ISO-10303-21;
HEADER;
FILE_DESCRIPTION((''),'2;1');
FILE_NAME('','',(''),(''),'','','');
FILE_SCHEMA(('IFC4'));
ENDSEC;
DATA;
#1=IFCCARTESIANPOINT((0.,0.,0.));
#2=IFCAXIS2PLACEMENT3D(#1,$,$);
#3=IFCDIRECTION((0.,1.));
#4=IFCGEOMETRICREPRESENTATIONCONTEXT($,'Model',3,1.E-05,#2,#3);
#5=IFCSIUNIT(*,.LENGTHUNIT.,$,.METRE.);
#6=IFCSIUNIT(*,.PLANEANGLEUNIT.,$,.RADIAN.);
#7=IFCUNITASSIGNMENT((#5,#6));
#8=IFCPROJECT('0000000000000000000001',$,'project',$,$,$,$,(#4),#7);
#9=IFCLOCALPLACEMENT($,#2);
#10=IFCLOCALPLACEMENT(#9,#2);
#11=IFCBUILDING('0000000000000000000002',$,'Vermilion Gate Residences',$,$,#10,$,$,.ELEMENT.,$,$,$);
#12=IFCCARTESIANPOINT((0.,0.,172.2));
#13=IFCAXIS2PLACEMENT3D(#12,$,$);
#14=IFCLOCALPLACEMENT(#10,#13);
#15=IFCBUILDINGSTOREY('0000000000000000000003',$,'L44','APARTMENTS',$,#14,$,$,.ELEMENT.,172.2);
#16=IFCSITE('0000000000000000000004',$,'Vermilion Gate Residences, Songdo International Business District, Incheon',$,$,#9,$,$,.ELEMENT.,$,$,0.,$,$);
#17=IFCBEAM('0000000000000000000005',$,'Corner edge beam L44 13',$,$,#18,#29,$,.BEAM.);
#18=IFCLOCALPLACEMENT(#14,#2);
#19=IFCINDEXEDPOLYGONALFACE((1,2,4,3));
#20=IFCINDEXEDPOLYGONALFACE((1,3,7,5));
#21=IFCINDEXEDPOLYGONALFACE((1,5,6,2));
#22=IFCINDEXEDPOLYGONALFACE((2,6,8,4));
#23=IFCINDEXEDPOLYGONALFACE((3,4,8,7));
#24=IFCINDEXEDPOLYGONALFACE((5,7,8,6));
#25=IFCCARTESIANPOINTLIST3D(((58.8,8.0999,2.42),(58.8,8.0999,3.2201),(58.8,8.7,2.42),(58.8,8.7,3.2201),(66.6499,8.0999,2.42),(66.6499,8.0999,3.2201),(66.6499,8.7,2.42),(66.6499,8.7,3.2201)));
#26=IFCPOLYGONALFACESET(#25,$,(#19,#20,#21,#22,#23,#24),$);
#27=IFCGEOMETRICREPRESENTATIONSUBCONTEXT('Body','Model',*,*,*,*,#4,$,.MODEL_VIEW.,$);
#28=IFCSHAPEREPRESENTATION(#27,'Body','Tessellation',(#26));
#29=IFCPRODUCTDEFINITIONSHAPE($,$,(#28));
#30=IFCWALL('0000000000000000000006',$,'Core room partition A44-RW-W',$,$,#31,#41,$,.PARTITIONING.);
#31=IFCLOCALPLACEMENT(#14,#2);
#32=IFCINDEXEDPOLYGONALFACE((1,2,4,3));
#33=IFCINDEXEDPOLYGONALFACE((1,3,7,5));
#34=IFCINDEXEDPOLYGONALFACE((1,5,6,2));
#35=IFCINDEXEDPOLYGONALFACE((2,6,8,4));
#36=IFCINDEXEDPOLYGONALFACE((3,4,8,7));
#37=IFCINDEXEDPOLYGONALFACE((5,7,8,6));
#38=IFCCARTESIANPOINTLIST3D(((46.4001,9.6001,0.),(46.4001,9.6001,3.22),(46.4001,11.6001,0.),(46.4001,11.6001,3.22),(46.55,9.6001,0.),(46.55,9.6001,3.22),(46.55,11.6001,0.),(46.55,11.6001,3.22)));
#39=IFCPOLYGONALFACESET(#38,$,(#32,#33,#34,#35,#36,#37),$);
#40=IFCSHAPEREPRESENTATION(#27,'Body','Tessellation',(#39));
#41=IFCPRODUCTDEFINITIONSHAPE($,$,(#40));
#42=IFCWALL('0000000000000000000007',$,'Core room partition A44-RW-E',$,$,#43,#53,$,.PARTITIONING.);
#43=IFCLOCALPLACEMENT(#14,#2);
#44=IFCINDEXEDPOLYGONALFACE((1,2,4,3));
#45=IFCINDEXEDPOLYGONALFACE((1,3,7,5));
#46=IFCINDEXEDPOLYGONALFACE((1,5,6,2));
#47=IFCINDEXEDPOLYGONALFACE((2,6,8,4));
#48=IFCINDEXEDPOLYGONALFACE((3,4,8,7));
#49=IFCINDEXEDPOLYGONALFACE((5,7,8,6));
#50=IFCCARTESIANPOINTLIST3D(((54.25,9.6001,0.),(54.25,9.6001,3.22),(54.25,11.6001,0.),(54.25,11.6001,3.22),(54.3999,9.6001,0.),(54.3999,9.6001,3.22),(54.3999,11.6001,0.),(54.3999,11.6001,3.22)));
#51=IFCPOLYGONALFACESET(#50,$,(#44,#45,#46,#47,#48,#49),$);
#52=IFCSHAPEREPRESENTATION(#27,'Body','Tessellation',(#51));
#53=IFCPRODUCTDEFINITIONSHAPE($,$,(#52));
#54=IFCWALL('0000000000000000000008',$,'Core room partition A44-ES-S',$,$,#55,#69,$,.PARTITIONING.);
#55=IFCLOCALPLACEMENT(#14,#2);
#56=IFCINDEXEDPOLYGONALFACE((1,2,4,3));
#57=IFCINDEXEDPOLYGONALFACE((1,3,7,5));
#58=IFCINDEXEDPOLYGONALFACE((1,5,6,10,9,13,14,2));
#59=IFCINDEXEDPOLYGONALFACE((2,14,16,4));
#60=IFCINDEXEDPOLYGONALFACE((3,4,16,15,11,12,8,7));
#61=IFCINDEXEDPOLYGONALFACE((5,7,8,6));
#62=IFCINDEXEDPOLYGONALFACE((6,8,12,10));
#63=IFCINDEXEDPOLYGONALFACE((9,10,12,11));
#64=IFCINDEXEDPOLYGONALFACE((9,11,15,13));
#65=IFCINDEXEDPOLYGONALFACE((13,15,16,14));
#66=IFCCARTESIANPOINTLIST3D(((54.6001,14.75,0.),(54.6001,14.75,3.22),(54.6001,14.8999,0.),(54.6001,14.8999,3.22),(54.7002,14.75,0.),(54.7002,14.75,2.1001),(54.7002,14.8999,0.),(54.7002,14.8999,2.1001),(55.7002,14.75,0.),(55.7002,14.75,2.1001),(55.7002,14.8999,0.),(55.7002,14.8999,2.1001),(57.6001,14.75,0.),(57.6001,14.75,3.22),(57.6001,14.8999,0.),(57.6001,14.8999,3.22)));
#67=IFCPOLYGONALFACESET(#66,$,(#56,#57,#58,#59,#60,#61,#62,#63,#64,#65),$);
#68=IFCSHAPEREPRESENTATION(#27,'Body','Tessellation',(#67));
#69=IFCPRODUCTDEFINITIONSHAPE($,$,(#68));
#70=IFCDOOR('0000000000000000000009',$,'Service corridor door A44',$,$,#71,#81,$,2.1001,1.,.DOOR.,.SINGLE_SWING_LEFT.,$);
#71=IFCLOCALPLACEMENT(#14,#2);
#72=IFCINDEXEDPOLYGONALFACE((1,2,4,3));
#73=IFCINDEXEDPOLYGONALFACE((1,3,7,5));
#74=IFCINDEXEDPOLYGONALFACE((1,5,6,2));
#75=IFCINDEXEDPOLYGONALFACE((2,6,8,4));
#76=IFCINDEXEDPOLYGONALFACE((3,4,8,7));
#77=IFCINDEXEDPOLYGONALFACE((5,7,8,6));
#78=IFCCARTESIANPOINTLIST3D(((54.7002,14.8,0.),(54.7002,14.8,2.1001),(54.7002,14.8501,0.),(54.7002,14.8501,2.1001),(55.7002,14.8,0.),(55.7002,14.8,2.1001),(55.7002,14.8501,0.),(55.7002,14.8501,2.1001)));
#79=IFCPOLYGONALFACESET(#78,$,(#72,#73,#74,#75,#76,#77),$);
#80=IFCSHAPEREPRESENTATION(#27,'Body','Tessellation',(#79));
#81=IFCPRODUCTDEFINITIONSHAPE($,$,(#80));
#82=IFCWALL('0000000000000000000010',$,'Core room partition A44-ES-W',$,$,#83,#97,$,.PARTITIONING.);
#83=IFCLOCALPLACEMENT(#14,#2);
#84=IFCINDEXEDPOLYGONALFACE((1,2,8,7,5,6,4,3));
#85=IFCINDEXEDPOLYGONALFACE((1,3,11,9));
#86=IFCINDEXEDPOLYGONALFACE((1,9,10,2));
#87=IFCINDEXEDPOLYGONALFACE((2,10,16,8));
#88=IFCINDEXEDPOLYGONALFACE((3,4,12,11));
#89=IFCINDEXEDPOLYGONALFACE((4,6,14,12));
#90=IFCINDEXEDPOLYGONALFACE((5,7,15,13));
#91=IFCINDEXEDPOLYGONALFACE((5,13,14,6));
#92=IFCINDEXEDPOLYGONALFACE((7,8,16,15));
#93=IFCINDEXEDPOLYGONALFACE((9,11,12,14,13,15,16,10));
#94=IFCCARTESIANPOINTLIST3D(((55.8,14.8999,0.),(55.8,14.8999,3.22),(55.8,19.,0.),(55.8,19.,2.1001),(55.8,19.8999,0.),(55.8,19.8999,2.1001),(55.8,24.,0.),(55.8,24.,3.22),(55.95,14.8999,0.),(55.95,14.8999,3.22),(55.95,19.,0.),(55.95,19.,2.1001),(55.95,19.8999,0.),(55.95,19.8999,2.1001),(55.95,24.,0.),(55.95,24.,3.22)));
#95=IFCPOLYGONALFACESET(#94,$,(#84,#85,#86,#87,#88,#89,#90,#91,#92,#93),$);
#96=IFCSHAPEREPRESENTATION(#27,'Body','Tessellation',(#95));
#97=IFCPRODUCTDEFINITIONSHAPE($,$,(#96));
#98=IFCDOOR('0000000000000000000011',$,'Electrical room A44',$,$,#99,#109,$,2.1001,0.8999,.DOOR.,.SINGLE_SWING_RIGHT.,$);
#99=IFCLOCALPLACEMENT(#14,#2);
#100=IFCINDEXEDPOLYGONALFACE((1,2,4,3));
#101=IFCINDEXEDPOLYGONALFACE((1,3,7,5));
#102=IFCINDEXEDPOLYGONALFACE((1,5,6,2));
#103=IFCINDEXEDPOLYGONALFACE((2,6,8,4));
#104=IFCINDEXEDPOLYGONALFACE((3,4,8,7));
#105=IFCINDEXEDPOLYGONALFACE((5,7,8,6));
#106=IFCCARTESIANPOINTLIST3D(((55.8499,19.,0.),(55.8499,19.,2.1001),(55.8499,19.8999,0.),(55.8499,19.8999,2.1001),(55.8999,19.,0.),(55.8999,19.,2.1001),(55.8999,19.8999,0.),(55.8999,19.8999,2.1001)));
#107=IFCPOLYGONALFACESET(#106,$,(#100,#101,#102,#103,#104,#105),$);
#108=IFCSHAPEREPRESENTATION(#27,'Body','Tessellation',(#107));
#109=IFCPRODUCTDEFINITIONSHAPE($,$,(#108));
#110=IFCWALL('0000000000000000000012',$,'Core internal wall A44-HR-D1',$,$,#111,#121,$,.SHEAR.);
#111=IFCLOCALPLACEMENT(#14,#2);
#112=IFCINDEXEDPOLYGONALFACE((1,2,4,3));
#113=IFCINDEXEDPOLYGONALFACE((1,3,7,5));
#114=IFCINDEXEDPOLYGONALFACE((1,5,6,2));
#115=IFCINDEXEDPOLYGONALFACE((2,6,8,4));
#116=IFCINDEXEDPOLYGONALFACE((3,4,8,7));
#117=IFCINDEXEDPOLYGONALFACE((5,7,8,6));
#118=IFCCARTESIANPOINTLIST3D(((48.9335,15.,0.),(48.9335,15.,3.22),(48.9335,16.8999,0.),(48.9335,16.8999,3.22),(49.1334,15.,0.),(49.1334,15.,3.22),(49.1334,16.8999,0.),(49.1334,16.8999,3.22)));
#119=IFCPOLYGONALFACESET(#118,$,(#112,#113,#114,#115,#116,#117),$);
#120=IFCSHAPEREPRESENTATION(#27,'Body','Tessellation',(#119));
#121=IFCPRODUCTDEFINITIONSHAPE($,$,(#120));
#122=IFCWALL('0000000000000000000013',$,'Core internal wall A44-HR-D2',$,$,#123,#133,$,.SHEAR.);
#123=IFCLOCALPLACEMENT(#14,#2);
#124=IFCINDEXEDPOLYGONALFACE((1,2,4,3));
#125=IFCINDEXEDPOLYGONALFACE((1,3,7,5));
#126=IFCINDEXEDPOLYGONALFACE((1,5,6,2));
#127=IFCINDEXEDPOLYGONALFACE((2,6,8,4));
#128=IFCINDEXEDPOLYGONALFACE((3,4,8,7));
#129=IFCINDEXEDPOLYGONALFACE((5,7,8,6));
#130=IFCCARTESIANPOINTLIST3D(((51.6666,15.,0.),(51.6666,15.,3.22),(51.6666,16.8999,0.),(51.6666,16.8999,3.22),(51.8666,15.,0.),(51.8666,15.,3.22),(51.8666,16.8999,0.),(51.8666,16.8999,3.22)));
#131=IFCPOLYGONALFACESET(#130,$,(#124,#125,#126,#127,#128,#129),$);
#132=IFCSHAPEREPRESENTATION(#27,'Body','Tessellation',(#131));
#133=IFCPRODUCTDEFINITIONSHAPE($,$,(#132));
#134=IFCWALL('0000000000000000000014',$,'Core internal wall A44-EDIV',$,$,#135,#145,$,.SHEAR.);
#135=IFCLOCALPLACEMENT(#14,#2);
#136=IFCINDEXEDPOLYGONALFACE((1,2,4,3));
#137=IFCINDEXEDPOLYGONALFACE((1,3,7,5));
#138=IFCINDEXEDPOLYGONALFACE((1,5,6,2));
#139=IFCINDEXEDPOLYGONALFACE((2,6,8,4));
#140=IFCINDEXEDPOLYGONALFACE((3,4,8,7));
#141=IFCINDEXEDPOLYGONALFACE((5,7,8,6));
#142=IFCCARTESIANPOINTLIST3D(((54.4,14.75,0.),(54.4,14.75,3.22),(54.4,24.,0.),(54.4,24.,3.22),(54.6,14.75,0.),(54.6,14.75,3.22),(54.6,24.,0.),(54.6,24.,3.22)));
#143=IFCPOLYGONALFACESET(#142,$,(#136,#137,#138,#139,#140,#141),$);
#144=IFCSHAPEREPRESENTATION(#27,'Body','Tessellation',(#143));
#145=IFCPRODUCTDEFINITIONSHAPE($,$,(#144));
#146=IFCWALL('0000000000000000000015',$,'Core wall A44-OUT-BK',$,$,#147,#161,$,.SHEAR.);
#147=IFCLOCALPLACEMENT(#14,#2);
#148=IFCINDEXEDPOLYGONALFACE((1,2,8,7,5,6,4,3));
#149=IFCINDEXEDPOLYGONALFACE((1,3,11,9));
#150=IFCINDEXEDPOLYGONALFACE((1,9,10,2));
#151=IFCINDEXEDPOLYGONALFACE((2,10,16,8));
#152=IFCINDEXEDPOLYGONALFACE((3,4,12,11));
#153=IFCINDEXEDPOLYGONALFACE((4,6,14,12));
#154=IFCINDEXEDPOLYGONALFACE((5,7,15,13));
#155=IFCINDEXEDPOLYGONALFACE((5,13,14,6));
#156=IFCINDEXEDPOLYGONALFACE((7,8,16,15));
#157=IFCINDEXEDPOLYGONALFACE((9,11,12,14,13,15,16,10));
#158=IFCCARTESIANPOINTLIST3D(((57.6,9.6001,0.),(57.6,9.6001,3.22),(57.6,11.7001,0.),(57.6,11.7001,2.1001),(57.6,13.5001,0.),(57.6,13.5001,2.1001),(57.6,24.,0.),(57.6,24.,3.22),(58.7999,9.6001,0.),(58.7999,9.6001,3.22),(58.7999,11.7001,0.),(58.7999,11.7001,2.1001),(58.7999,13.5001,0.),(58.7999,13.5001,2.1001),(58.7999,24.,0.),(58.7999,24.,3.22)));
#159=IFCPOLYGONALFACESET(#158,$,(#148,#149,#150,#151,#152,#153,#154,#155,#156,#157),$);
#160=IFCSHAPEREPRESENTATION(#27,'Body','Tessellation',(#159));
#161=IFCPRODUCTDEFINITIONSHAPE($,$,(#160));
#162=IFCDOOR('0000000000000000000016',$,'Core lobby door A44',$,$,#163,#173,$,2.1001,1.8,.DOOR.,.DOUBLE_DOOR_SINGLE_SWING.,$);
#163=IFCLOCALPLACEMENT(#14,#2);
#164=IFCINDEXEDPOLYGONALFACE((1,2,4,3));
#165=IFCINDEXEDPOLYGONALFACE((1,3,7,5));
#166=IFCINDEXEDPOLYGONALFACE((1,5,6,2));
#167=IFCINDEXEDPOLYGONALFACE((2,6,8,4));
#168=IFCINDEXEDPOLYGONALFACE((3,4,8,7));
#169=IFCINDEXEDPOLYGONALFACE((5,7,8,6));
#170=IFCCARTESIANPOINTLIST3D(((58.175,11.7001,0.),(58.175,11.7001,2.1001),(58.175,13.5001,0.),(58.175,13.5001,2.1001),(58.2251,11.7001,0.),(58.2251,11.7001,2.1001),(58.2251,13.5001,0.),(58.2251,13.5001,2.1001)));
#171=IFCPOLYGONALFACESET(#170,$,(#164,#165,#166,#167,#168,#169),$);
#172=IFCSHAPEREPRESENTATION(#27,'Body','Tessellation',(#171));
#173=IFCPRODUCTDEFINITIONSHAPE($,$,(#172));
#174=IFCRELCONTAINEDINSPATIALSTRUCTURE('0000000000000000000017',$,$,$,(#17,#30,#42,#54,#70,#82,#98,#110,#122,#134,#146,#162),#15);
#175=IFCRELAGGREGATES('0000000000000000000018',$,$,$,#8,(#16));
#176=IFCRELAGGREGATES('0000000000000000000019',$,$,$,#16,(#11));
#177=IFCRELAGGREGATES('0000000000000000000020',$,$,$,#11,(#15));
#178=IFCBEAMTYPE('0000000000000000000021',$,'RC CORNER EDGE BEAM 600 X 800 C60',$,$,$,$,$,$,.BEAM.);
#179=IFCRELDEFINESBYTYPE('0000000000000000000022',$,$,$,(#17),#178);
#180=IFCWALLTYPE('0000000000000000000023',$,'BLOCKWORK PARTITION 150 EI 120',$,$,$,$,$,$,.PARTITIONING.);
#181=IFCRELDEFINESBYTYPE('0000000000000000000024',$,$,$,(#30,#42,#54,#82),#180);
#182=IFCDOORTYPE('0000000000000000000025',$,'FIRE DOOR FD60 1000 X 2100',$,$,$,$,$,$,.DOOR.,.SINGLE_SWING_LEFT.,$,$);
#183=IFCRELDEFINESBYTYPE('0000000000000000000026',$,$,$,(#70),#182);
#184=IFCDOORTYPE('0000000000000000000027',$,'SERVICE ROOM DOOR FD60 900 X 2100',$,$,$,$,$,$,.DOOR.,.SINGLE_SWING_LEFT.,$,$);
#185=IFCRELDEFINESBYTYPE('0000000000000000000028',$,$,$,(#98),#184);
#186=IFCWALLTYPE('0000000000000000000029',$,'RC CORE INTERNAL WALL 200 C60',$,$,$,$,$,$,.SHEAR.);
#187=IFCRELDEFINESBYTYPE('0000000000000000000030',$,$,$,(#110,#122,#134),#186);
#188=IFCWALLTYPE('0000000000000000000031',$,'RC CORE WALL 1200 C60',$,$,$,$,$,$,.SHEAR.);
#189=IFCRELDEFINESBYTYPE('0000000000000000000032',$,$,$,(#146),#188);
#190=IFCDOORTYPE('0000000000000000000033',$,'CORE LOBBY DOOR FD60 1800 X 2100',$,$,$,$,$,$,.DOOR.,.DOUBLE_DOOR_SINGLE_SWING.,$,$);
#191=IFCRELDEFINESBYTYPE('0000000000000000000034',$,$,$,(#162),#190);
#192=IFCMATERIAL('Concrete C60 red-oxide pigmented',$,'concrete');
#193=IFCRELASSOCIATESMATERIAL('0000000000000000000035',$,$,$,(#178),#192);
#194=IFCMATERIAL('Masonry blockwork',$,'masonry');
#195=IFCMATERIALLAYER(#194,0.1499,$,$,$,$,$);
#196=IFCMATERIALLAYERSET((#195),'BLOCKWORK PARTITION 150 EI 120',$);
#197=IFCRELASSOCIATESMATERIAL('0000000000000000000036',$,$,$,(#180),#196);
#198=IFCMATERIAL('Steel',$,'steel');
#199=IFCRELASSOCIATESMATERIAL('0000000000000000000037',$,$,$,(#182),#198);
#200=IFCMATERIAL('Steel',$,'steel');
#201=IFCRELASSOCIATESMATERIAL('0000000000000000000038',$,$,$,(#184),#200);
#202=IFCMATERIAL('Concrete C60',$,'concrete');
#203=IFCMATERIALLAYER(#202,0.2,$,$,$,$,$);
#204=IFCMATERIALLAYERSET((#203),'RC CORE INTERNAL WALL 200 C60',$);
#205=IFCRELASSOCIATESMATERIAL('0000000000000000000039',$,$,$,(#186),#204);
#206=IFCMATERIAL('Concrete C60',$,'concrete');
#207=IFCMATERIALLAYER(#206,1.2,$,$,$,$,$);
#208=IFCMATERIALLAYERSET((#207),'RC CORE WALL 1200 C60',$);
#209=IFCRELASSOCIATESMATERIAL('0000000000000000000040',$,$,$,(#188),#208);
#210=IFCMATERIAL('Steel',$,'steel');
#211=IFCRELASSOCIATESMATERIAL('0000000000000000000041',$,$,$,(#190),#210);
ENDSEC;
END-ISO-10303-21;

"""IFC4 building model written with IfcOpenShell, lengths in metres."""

from ifc_helpers import new_model, si_unit, direction, frame, frame_2d, origin, origin_2d, place, context, subcontext, project, spatial, rectangle, extrude, material, layer, layer_set, material_profile, profile_set, type_object, element, fill, save


model = new_model("IFC4")

# Units and contexts
model_context = context("Model", 3, precision=1e-05, world=origin(), true_north=direction((0.0, 1.0)))
body_context = subcontext(model_context, "Body", "Model", "MODEL_VIEW")
ifc_project = project(units=[si_unit("LENGTHUNIT", "METRE"), si_unit("PLANEANGLEUNIT", "RADIAN")], contexts=[model_context])

# Site, building, storey
site_placement = place(None, origin())
site = spatial("IfcSite", under=ifc_project, at=site_placement, Name="Vermilion Gate Residences, Songdo International Business District, Incheon", CompositionType="ELEMENT", RefElevation=0.0)
building_placement = place(site_placement, origin())
building = spatial("IfcBuilding", under=site, at=building_placement, Name="Vermilion Gate Residences", CompositionType="ELEMENT")
storey_placement = place(building_placement, frame((0.0, 0.0, 172.2)))
storey = spatial("IfcBuildingStorey", under=building, at=storey_placement, Name="L44", Description="APARTMENTS", CompositionType="ELEMENT", Elevation=172.2)

# Beam
ifc_material_1 = material(Name="Concrete C60 red-oxide pigmented", Category="concrete")
ifc_material_profile = material_profile(ifc_material_1, rectangle(XDim=0.6001, YDim=0.8, at=origin_2d()), Name="RC-600x800")
ifc_profile_set = profile_set([ifc_material_profile], Name="Concrete C60 red-oxide pigmented")
beam_type = type_object("IfcBeamType", Name="RC CORNER EDGE BEAM 600 X 800 C60", PredefinedType="BEAM", material=ifc_profile_set)
beam_placement = place(storey_placement, frame((58.8, 8.3999, 2.8201), z_axis=(1.0, 0.0, 0.0), x_axis=(0.0, 1.0, 0.0)))
element("IfcBeam", 1, at=beam_placement, inside=storey, type_object=beam_type, Name="Corner edge beam L44 13", PredefinedType="BEAM", context=body_context, shape_type="SweptSolid", body=[
    extrude(rectangle(XDim=0.6001, YDim=0.8, at=origin_2d()), origin(), (0.0, 0.0, 1.0), 7.8499),
])

# Walls
ifc_material_2 = material(Name="Masonry blockwork", Category="masonry")
ifc_layer_1 = layer(ifc_material_2, 0.1499)
ifc_layer_set_1 = layer_set([ifc_layer_1], Name="BLOCKWORK PARTITION 150 EI 120")
wall_type_1 = type_object("IfcWallType", Name="BLOCKWORK PARTITION 150 EI 120", PredefinedType="PARTITIONING", material=ifc_layer_set_1)
for number, where, z_axis, x_axis, name in (
    (2, (46.4751, 9.6001, 0.0), (0.0, 0.0, 1.0), (0.0, 1.0, 0.0), "Core room partition A44-RW-W"),
    (3, (54.325, 9.6001, 0.0), (0.0, 0.0, 1.0), (0.0, 1.0, 0.0), "Core room partition A44-RW-E"),
):
    element("IfcWall", number, at=place(storey_placement, frame(where, z_axis=z_axis, x_axis=x_axis)), inside=storey, type_object=wall_type_1, Name=name, PredefinedType="PARTITIONING", context=body_context, shape_type="SweptSolid", body=[
        extrude(rectangle(XDim=2.0, YDim=0.1499, at=frame_2d((1.0, 0.0))), origin(), (0.0, 0.0, 1.0), 3.22),
    ])

# Walls, openings, doors
wall_1_placement = place(storey_placement, frame((54.6001, 14.825, 0.0), z_axis=(0.0, 0.0, 1.0), x_axis=(1.0, 0.0, 0.0)))
wall_1 = element("IfcWall", 4, at=wall_1_placement, inside=storey, type_object=wall_type_1, Name="Core room partition A44-ES-S", PredefinedType="PARTITIONING", context=body_context, shape_type="SweptSolid", body=[
    extrude(rectangle(XDim=3.0, YDim=0.1499, at=frame_2d((1.5, 0.0))), origin(), (0.0, 0.0, 1.0), 3.22),
])
opening_1_placement = place(wall_1_placement, frame((0.1001, 0.0, 0.0)))
opening_1 = element("IfcOpeningElement", 5, at=opening_1_placement, cuts=wall_1, PredefinedType="OPENING", context=body_context, shape_type="SweptSolid", body=[
    extrude(rectangle(XDim=1.0, YDim=2.1001, at=frame_2d((0.5, 1.05))), frame((0.0, 0.085, 0.0), z_axis=(0.0, -1.0, 0.0), x_axis=(1.0, 0.0, 0.0)), (0.0, 0.0, 1.0), 0.1699),
])
ifc_material_3 = material(Name="Steel", Category="steel")
door_type_1 = type_object("IfcDoorType", Name="FIRE DOOR FD60 1000 X 2100", OperationType="SINGLE_SWING_LEFT", PredefinedType="DOOR", material=ifc_material_3)
door_1_placement = place(opening_1_placement, frame((1.0, 0.0, 0.0), z_axis=(0.0, 0.0, 1.0), x_axis=(-1.0, 0.0, 0.0)))
door_1 = element("IfcDoor", 6, at=door_1_placement, inside=storey, type_object=door_type_1, Name="Service corridor door A44", OperationType="SINGLE_SWING_LEFT", OverallHeight=2.1001, OverallWidth=1.0, PredefinedType="DOOR", context=body_context, shape_type="SweptSolid", body=[
    extrude(rectangle(XDim=1.0, YDim=2.1001, at=frame_2d((0.5, 1.05))), frame((0.0, 0.0249, 0.0), z_axis=(0.0, -1.0, 0.0), x_axis=(1.0, 0.0, 0.0)), (0.0, 0.0, 1.0), 0.05),
])
fill(opening_1, door_1)
wall_2_placement = place(storey_placement, frame((55.875, 14.8999, 0.0), z_axis=(0.0, 0.0, 1.0), x_axis=(0.0, 1.0, 0.0)))
wall_2 = element("IfcWall", 7, at=wall_2_placement, inside=storey, type_object=wall_type_1, Name="Core room partition A44-ES-W", PredefinedType="PARTITIONING", context=body_context, shape_type="SweptSolid", body=[
    extrude(rectangle(XDim=9.1001, YDim=0.1499, at=frame_2d((4.55, 0.0))), origin(), (0.0, 0.0, 1.0), 3.22),
])
opening_2_placement = place(wall_2_placement, frame((4.1001, 0.0, 0.0)))
opening_2 = element("IfcOpeningElement", 8, at=opening_2_placement, cuts=wall_2, PredefinedType="OPENING", context=body_context, shape_type="SweptSolid", body=[
    extrude(rectangle(XDim=0.8999, YDim=2.1001, at=frame_2d((0.45, 1.05))), frame((0.0, 0.085, 0.0), z_axis=(0.0, -1.0, 0.0), x_axis=(1.0, 0.0, 0.0)), (0.0, 0.0, 1.0), 0.1699),
])
ifc_material_4 = material(Name="Steel", Category="steel")
door_type_2 = type_object("IfcDoorType", Name="SERVICE ROOM DOOR FD60 900 X 2100", OperationType="SINGLE_SWING_LEFT", PredefinedType="DOOR", material=ifc_material_4)
door_2_placement = place(opening_2_placement, frame((0.8999, 0.0, 0.0), z_axis=(0.0, 0.0, 1.0), x_axis=(-1.0, 0.0, 0.0)))
door_2 = element("IfcDoor", 9, at=door_2_placement, inside=storey, type_object=door_type_2, Name="Electrical room A44", OperationType="SINGLE_SWING_RIGHT", OverallHeight=2.1001, OverallWidth=0.8999, PredefinedType="DOOR", context=body_context, shape_type="SweptSolid", body=[
    extrude(rectangle(XDim=0.8999, YDim=2.1001, at=frame_2d((0.45, 1.05))), frame((0.0, 0.0249, 0.0), z_axis=(0.0, -1.0, 0.0), x_axis=(1.0, 0.0, 0.0)), (0.0, 0.0, 1.0), 0.05),
])
fill(opening_2, door_2)

# Walls
ifc_material_5 = material(Name="Concrete C60", Category="concrete")
ifc_layer_2 = layer(ifc_material_5, 0.2)
ifc_layer_set_2 = layer_set([ifc_layer_2], Name="RC CORE INTERNAL WALL 200 C60")
wall_type_2 = type_object("IfcWallType", Name="RC CORE INTERNAL WALL 200 C60", PredefinedType="SHEAR", material=ifc_layer_set_2)
for number, where, z_axis, x_axis, name in (
    (10, (49.0334, 15.0, 0.0), (0.0, 0.0, 1.0), (0.0, 1.0, 0.0), "Core internal wall A44-HR-D1"),
    (11, (51.7666, 15.0, 0.0), (0.0, 0.0, 1.0), (0.0, 1.0, 0.0), "Core internal wall A44-HR-D2"),
):
    element("IfcWall", number, at=place(storey_placement, frame(where, z_axis=z_axis, x_axis=x_axis)), inside=storey, type_object=wall_type_2, Name=name, PredefinedType="SHEAR", context=body_context, shape_type="SweptSolid", body=[
        extrude(rectangle(XDim=1.8999, YDim=0.2, at=frame_2d((0.95, 0.0))), origin(), (0.0, 0.0, 1.0), 3.22),
    ])
wall_3_placement = place(storey_placement, frame((54.5, 14.75, 0.0), z_axis=(0.0, 0.0, 1.0), x_axis=(0.0, 1.0, 0.0)))
element("IfcWall", 12, at=wall_3_placement, inside=storey, type_object=wall_type_2, Name="Core internal wall A44-EDIV", PredefinedType="SHEAR", context=body_context, shape_type="SweptSolid", body=[
    extrude(rectangle(XDim=9.25, YDim=0.2, at=frame_2d((4.625, 0.0))), origin(), (0.0, 0.0, 1.0), 3.22),
])

# Wall, opening, door
ifc_material_6 = material(Name="Concrete C60", Category="concrete")
ifc_layer_3 = layer(ifc_material_6, 1.2)
ifc_layer_set_3 = layer_set([ifc_layer_3], Name="RC CORE WALL 1200 C60")
wall_type_3 = type_object("IfcWallType", Name="RC CORE WALL 1200 C60", PredefinedType="SHEAR", material=ifc_layer_set_3)
wall_4_placement = place(storey_placement, frame((58.2, 9.6001, 0.0), z_axis=(0.0, 0.0, 1.0), x_axis=(0.0, 1.0, 0.0)))
wall_4 = element("IfcWall", 13, at=wall_4_placement, inside=storey, type_object=wall_type_3, Name="Core wall A44-OUT-BK", PredefinedType="SHEAR", context=body_context, shape_type="SweptSolid", body=[
    extrude(rectangle(XDim=14.3999, YDim=1.2, at=frame_2d((7.2, 0.0))), origin(), (0.0, 0.0, 1.0), 3.22),
])
opening_3_placement = place(wall_4_placement, frame((2.1001, 0.0, 0.0)))
opening_3 = element("IfcOpeningElement", 14, at=opening_3_placement, cuts=wall_4, PredefinedType="OPENING", context=body_context, shape_type="SweptSolid", body=[
    extrude(rectangle(XDim=1.8, YDim=2.1001, at=frame_2d((0.8999, 1.05))), frame((0.0, 0.6099, 0.0), z_axis=(0.0, -1.0, 0.0), x_axis=(1.0, 0.0, 0.0)), (0.0, 0.0, 1.0), 1.22),
])
ifc_material_7 = material(Name="Steel", Category="steel")
door_type_3 = type_object("IfcDoorType", Name="CORE LOBBY DOOR FD60 1800 X 2100", OperationType="DOUBLE_DOOR_SINGLE_SWING", PredefinedType="DOOR", material=ifc_material_7)
door_3_placement = place(opening_3_placement, origin())
door_3 = element("IfcDoor", 15, at=door_3_placement, inside=storey, type_object=door_type_3, Name="Core lobby door A44", OperationType="DOUBLE_DOOR_SINGLE_SWING", OverallHeight=2.1001, OverallWidth=1.8, PredefinedType="DOOR", context=body_context, shape_type="SweptSolid", body=[
    extrude(rectangle(XDim=1.8, YDim=2.1001, at=frame_2d((0.8999, 1.05))), frame((0.0, 0.0249, 0.0), z_axis=(0.0, -1.0, 0.0), x_axis=(1.0, 0.0, 0.0)), (0.0, 0.0, 1.0), 0.05),
])
fill(opening_3, door_3)

save(model, "model.ifc")
